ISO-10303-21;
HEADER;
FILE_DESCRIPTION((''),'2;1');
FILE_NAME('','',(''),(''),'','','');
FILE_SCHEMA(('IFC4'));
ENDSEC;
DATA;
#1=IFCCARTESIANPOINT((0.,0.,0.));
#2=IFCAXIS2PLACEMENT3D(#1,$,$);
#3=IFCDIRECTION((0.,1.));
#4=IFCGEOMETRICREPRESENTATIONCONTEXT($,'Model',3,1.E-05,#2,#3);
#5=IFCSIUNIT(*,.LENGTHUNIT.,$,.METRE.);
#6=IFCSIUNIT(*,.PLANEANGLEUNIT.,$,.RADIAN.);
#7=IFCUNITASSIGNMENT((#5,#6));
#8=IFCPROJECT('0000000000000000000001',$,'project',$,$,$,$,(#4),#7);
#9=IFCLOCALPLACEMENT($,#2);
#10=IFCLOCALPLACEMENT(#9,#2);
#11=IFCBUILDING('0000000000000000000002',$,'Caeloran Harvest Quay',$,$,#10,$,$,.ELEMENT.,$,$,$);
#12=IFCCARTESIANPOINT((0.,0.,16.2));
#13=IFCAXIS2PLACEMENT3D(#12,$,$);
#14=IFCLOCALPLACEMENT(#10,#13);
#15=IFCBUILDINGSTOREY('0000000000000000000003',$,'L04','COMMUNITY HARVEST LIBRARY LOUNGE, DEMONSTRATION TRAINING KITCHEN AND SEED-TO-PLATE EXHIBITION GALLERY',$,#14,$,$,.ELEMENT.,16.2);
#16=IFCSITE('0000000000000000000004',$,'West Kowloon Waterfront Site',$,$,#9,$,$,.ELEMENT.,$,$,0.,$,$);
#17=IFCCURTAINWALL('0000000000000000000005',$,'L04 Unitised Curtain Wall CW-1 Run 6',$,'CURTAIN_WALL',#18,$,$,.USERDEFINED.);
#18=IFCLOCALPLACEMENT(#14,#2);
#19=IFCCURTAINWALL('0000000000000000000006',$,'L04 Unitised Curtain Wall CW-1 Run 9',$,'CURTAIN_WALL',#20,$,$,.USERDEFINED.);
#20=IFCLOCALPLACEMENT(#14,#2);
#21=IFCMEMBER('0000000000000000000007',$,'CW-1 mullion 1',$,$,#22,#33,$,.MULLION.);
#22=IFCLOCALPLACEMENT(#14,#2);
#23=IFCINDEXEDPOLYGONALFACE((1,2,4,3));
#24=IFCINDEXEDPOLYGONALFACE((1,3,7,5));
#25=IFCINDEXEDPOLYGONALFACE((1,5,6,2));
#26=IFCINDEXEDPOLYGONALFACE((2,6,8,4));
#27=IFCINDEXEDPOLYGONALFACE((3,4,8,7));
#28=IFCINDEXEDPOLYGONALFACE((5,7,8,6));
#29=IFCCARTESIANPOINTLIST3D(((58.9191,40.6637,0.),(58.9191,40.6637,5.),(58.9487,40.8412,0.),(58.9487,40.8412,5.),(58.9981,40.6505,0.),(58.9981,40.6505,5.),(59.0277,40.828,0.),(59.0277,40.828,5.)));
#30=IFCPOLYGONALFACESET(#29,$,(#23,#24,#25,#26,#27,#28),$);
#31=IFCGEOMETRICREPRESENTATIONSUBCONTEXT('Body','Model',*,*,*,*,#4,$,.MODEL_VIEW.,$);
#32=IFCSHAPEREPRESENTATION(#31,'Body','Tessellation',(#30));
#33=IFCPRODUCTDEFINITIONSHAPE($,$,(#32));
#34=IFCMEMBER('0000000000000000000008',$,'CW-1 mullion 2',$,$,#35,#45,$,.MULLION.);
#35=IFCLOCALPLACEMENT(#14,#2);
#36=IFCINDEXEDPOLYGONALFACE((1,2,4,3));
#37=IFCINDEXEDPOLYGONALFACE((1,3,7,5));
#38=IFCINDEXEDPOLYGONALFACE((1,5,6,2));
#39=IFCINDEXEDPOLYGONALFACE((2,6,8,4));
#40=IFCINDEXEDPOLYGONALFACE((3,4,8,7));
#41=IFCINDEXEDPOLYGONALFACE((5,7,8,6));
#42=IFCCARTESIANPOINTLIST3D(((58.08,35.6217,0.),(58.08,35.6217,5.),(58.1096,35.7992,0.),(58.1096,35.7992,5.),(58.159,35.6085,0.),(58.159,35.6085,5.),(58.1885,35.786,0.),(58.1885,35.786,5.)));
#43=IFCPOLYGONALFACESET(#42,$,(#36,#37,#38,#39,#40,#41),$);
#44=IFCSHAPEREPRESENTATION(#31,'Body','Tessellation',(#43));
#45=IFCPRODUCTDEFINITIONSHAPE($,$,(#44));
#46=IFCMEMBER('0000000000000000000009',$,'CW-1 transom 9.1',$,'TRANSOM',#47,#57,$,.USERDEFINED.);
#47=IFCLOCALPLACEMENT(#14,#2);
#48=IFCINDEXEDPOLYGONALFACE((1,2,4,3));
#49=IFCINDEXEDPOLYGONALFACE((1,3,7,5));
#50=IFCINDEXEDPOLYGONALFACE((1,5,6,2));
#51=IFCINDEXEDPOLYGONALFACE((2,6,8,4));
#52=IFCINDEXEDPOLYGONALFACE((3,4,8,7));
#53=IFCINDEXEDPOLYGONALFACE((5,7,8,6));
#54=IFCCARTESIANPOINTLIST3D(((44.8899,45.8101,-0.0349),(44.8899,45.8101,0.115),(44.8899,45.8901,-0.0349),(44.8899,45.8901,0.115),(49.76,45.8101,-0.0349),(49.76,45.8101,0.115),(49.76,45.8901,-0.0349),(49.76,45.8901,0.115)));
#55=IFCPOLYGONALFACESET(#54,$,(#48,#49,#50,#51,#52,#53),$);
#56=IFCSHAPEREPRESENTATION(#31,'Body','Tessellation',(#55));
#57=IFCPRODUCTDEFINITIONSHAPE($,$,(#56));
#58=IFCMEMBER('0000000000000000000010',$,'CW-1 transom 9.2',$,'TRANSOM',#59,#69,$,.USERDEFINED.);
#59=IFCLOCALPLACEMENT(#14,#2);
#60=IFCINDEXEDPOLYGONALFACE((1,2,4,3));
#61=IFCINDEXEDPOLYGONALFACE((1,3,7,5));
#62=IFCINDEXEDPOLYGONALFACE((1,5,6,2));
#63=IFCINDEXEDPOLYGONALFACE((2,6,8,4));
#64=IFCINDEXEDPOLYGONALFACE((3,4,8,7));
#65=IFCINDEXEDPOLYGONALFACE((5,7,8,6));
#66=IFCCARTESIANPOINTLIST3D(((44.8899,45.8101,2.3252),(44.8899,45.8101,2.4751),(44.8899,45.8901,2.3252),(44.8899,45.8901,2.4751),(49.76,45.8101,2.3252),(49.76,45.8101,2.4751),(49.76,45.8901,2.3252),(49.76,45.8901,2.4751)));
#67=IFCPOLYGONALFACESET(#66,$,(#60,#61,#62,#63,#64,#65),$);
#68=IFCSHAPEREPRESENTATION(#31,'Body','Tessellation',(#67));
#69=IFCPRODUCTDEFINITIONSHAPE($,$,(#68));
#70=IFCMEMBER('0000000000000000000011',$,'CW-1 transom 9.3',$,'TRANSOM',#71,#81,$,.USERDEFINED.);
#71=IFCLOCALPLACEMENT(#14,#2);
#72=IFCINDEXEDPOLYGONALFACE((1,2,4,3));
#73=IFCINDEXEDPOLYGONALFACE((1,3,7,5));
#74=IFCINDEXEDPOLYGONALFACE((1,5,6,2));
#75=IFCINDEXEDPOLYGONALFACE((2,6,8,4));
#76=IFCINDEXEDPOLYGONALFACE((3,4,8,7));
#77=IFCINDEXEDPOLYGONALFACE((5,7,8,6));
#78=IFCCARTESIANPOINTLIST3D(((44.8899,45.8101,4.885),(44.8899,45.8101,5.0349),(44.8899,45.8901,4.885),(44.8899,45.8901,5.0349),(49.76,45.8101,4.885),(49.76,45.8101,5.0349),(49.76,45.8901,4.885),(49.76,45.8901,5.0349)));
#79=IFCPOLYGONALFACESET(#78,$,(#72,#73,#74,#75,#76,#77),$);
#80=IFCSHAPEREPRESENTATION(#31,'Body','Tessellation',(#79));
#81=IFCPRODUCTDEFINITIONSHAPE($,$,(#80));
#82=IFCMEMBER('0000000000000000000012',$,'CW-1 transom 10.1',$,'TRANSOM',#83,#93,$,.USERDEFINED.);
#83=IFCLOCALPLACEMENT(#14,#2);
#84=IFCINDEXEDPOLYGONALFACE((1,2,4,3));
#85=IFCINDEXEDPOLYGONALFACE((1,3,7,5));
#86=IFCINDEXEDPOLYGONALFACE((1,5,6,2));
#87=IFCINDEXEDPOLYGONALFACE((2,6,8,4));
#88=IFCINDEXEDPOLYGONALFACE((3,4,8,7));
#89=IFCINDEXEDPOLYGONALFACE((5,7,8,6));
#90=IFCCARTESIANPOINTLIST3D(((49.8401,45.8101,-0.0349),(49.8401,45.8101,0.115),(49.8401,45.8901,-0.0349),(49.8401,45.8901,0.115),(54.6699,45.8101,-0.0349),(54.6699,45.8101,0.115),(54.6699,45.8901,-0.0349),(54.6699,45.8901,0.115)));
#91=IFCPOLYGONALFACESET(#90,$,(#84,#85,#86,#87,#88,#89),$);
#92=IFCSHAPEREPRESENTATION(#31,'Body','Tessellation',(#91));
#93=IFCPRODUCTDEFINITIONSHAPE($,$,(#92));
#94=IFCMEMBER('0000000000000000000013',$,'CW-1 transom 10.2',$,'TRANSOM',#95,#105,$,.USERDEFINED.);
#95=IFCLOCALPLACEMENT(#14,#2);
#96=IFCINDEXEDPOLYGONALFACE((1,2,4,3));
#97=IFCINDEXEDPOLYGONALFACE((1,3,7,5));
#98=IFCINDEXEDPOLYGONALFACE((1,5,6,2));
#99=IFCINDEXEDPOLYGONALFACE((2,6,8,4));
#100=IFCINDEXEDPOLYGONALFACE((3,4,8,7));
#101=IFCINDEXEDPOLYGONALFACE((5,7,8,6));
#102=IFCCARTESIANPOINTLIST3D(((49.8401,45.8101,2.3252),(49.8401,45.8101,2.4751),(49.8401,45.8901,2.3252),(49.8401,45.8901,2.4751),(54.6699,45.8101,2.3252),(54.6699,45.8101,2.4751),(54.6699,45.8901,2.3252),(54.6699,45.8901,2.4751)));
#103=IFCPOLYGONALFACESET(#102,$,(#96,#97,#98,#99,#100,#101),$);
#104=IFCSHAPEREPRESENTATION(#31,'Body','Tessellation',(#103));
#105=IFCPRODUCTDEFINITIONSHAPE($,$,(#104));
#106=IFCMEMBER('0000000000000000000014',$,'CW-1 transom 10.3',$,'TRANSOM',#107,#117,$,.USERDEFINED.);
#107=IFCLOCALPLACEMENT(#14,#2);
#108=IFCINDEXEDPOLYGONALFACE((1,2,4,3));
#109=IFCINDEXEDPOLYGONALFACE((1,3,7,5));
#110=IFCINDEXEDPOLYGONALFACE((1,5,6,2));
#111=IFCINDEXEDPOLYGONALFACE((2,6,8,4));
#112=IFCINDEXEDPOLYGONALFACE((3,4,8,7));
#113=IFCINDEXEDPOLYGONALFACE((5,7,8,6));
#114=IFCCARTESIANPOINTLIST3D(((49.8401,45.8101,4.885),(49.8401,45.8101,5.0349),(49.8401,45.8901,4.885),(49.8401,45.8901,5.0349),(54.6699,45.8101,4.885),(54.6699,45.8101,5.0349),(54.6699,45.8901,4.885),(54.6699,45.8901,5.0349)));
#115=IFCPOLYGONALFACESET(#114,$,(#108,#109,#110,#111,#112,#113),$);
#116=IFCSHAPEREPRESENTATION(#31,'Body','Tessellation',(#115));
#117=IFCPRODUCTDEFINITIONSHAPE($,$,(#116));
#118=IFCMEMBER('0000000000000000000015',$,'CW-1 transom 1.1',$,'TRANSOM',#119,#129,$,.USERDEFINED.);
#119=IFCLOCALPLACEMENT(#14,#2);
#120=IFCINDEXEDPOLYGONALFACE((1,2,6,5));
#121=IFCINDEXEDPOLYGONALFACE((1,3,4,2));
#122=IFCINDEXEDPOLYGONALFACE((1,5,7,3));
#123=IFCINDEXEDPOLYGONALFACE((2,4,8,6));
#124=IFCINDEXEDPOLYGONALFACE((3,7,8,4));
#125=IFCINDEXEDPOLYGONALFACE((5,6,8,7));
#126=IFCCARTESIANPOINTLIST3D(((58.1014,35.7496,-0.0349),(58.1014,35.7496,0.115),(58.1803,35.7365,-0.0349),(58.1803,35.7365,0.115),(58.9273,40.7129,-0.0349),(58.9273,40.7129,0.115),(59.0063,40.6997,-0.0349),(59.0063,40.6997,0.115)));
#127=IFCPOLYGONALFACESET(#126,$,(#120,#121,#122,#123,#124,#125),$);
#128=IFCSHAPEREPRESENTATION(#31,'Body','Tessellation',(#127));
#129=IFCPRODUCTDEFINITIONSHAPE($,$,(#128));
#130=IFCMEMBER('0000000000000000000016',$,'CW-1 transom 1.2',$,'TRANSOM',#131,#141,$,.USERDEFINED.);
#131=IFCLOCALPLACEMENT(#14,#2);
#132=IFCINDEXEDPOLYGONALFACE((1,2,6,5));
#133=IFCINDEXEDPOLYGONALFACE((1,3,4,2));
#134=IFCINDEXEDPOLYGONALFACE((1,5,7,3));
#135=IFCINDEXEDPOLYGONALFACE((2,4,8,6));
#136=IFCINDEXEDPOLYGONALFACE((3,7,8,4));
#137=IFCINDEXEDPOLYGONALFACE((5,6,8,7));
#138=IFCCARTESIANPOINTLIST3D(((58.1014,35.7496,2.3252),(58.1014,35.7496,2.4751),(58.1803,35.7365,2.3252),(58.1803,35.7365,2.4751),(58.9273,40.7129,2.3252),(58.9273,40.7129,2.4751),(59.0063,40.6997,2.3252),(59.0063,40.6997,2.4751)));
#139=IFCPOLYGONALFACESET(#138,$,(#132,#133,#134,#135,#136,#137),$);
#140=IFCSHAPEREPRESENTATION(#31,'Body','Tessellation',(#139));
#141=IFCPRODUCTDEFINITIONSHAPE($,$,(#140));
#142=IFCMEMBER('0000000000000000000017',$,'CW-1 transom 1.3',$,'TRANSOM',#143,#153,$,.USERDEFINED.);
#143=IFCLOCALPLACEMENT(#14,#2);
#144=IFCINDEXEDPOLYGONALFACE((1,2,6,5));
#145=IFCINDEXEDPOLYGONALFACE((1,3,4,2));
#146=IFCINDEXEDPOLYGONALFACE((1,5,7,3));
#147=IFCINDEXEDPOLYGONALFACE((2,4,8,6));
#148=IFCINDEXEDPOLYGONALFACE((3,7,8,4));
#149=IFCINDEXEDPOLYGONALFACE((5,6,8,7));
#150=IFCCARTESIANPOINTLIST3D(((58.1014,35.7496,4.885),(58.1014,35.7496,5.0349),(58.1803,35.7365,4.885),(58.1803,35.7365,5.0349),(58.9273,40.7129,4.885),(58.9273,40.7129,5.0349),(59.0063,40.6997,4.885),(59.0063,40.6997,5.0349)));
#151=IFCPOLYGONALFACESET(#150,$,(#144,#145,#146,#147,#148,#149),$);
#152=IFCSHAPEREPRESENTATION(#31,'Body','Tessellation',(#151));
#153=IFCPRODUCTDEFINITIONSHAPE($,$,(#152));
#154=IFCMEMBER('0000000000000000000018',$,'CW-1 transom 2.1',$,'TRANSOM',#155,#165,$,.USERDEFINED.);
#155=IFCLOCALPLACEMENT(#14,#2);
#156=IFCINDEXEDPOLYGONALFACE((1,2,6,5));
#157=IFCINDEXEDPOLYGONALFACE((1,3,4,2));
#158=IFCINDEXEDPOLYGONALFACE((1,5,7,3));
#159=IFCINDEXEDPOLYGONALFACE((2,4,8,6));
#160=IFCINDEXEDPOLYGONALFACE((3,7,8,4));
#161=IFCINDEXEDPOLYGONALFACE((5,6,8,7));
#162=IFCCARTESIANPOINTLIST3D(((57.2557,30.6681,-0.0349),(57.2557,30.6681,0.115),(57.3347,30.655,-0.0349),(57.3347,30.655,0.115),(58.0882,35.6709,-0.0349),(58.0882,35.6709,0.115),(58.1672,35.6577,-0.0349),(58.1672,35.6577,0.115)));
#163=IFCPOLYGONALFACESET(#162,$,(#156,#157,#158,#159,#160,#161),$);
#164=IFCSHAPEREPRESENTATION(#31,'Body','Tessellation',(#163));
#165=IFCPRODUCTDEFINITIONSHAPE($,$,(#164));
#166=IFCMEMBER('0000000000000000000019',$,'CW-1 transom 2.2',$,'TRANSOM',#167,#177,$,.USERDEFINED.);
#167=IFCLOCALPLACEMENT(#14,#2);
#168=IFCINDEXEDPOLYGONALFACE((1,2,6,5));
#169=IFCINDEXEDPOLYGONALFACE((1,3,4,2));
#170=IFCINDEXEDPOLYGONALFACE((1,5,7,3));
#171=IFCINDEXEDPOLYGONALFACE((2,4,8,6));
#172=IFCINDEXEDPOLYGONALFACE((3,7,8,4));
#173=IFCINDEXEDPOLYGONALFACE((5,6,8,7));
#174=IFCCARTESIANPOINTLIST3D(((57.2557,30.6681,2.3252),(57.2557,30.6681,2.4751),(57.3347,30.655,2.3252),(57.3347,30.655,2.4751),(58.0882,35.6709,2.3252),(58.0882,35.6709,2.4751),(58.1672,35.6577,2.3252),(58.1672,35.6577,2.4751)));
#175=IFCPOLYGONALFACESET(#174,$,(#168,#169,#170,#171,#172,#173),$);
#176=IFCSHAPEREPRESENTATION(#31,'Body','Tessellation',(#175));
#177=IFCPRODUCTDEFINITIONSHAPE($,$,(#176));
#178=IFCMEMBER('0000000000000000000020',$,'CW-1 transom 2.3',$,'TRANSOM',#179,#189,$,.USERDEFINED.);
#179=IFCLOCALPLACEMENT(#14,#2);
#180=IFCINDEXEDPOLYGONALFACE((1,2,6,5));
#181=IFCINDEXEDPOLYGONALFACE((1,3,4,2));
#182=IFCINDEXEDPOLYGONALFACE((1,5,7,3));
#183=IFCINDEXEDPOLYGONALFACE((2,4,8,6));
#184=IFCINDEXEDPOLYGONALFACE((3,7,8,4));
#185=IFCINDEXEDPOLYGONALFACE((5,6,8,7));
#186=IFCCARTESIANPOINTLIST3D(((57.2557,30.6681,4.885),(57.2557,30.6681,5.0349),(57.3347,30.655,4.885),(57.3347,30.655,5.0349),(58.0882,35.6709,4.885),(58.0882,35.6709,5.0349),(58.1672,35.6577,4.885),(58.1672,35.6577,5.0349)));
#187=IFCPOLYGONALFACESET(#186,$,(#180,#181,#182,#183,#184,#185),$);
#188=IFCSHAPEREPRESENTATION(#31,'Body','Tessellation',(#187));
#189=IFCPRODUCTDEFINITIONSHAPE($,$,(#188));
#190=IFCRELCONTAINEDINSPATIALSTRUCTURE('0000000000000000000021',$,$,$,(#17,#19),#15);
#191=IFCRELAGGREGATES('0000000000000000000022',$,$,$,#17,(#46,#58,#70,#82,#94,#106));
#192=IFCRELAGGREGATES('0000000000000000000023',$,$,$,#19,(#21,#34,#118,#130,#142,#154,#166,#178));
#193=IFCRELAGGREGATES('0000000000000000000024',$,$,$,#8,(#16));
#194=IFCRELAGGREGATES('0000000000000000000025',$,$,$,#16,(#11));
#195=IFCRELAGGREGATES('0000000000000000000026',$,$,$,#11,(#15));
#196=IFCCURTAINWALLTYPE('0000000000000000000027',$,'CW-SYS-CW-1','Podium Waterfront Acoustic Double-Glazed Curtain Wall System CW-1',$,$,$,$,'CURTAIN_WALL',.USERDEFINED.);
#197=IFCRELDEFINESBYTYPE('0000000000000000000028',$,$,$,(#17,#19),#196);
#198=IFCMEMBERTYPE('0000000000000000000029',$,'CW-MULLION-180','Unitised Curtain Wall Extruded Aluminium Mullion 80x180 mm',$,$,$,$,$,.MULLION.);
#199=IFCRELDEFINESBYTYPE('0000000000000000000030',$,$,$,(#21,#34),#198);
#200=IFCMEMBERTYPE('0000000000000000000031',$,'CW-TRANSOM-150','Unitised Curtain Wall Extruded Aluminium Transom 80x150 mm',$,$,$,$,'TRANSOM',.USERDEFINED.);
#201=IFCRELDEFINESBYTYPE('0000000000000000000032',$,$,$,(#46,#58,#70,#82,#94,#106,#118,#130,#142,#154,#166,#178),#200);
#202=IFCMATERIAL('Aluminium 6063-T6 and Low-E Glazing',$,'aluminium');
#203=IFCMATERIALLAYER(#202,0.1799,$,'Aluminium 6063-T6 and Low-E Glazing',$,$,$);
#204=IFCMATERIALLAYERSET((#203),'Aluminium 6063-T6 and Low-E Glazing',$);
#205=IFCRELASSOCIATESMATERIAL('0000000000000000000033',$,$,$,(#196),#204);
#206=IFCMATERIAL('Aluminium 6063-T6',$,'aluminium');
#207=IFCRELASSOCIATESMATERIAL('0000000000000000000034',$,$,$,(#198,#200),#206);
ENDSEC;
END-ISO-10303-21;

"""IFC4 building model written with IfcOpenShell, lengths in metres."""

from ifc_helpers import new_model, si_unit, direction, frame, origin, origin_2d, place, context, subcontext, project, spatial, rectangle, extrude, material, layer, layer_set, material_profile, profile_set, type_object, element, aggregate, save


model = new_model("IFC4")

# Units and contexts
model_context = context("Model", 3, precision=1e-05, world=origin(), true_north=direction((0.0, 1.0)))
body_context = subcontext(model_context, "Body", "Model", "MODEL_VIEW")
ifc_project = project(units=[si_unit("LENGTHUNIT", "METRE"), si_unit("PLANEANGLEUNIT", "RADIAN")], contexts=[model_context])

# Site, building, storey
site_placement = place(None, origin())
site = spatial("IfcSite", under=ifc_project, at=site_placement, Name="West Kowloon Waterfront Site", CompositionType="ELEMENT", RefElevation=0.0)
building_placement = place(site_placement, origin())
building = spatial("IfcBuilding", under=site, at=building_placement, Name="Caeloran Harvest Quay", CompositionType="ELEMENT")
storey_placement = place(building_placement, frame((0.0, 0.0, 16.2)))
storey = spatial("IfcBuildingStorey", under=building, at=storey_placement, Name="L04", Description="COMMUNITY HARVEST LIBRARY LOUNGE, DEMONSTRATION TRAINING KITCHEN AND SEED-TO-PLATE EXHIBITION GALLERY", CompositionType="ELEMENT", Elevation=16.2)

# Curtain walls, members
ifc_material_1 = material(Name="Aluminium 6063-T6 and Low-E Glazing", Category="aluminium")
ifc_layer_1 = layer(ifc_material_1, 0.1799, Name="Aluminium 6063-T6 and Low-E Glazing")
ifc_layer_set_1 = layer_set([ifc_layer_1], Name="Aluminium 6063-T6 and Low-E Glazing")
curtain_wall_type = type_object("IfcCurtainWallType", Name="CW-SYS-CW-1", Description="Podium Waterfront Acoustic Double-Glazed Curtain Wall System CW-1", ElementType="CURTAIN_WALL", PredefinedType="USERDEFINED", material=ifc_layer_set_1)
curtain_wall_1_placement = place(storey_placement, origin())
curtain_wall_1 = element("IfcCurtainWall", 1, at=curtain_wall_1_placement, inside=storey, type_object=curtain_wall_type, Name="L04 Unitised Curtain Wall CW-1 Run 6", ObjectType="CURTAIN_WALL", PredefinedType="USERDEFINED")
ifc_material_2 = material(Name="Aluminium 6063-T6", Category="aluminium")
ifc_material_profile_1 = material_profile(ifc_material_2, rectangle(XDim=0.0801, YDim=0.1799, at=origin_2d()), Name="CW-MULLION-180")
ifc_profile_set_1 = profile_set([ifc_material_profile_1], Name="Aluminium 6063-T6")
member_type_1 = type_object("IfcMemberType", Name="CW-MULLION-180", Description="Unitised Curtain Wall Extruded Aluminium Mullion 80x180 mm", PredefinedType="MULLION", material=ifc_profile_set_1)
curtain_wall_2_placement = place(storey_placement, origin())
curtain_wall_2 = element("IfcCurtainWall", 2, at=curtain_wall_2_placement, inside=storey, type_object=curtain_wall_type, Name="L04 Unitised Curtain Wall CW-1 Run 9", ObjectType="CURTAIN_WALL", PredefinedType="USERDEFINED")
member_1_placement = place(storey_placement, frame((58.9734, 40.7458, 0.0), z_axis=(0.0, 0.0, 1.0), x_axis=(0.986431, -0.164174, 0.0)))
member_1 = element("IfcMember", 3, at=member_1_placement, type_object=member_type_1, Name="CW-1 mullion 1", PredefinedType="MULLION", context=body_context, shape_type="SweptSolid", body=[
    extrude(rectangle(XDim=0.0801, YDim=0.1799, at=origin_2d()), origin(), (0.0, 0.0, 1.0), 5.0),
])
member_2_placement = place(storey_placement, frame((58.1343, 35.7039, 0.0), z_axis=(0.0, 0.0, 1.0), x_axis=(0.986431, -0.164174, 0.0)))
member_2 = element("IfcMember", 4, at=member_2_placement, type_object=member_type_1, Name="CW-1 mullion 2", PredefinedType="MULLION", context=body_context, shape_type="SweptSolid", body=[
    extrude(rectangle(XDim=0.0801, YDim=0.1799, at=origin_2d()), origin(), (0.0, 0.0, 1.0), 5.0),
])

# Members
ifc_material_profile_2 = material_profile(ifc_material_2, rectangle(XDim=0.0801, YDim=0.1499, at=origin_2d()), Name="CW-TRANSOM-150")
ifc_profile_set_2 = profile_set([ifc_material_profile_2], Name="Aluminium 6063-T6")
member_type_2 = type_object("IfcMemberType", Name="CW-TRANSOM-150", Description="Unitised Curtain Wall Extruded Aluminium Transom 80x150 mm", ElementType="TRANSOM", PredefinedType="USERDEFINED", material=ifc_profile_set_2)
member_3_placement = place(storey_placement, frame((44.8899, 45.8501, 0.04), z_axis=(1.0, 0.0, 0.0), x_axis=(0.0, 1.0, 0.0)))
member_3 = element("IfcMember", 5, at=member_3_placement, type_object=member_type_2, Name="CW-1 transom 9.1", ObjectType="TRANSOM", PredefinedType="USERDEFINED", context=body_context, shape_type="SweptSolid", body=[
    extrude(rectangle(XDim=0.0801, YDim=0.1499, at=origin_2d()), origin(), (0.0, 0.0, 1.0), 4.8701),
])
member_4_placement = place(storey_placement, frame((44.8899, 45.8501, 2.4001), z_axis=(1.0, 0.0, 0.0), x_axis=(0.0, 1.0, 0.0)))
member_4 = element("IfcMember", 6, at=member_4_placement, type_object=member_type_2, Name="CW-1 transom 9.2", ObjectType="TRANSOM", PredefinedType="USERDEFINED", context=body_context, shape_type="SweptSolid", body=[
    extrude(rectangle(XDim=0.0801, YDim=0.1499, at=origin_2d()), origin(), (0.0, 0.0, 1.0), 4.8701),
])
member_5_placement = place(storey_placement, frame((44.8899, 45.8501, 4.96), z_axis=(1.0, 0.0, 0.0), x_axis=(0.0, 1.0, 0.0)))
member_5 = element("IfcMember", 7, at=member_5_placement, type_object=member_type_2, Name="CW-1 transom 9.3", ObjectType="TRANSOM", PredefinedType="USERDEFINED", context=body_context, shape_type="SweptSolid", body=[
    extrude(rectangle(XDim=0.0801, YDim=0.1499, at=origin_2d()), origin(), (0.0, 0.0, 1.0), 4.8701),
])
member_6_placement = place(storey_placement, frame((49.8401, 45.8501, 0.04), z_axis=(1.0, 0.0, 0.0), x_axis=(0.0, 1.0, 0.0)))
member_6 = element("IfcMember", 8, at=member_6_placement, type_object=member_type_2, Name="CW-1 transom 10.1", ObjectType="TRANSOM", PredefinedType="USERDEFINED", context=body_context, shape_type="SweptSolid", body=[
    extrude(rectangle(XDim=0.0801, YDim=0.1499, at=origin_2d()), origin(), (0.0, 0.0, 1.0), 4.8298),
])
member_7_placement = place(storey_placement, frame((49.8401, 45.8501, 2.4001), z_axis=(1.0, 0.0, 0.0), x_axis=(0.0, 1.0, 0.0)))
member_7 = element("IfcMember", 9, at=member_7_placement, type_object=member_type_2, Name="CW-1 transom 10.2", ObjectType="TRANSOM", PredefinedType="USERDEFINED", context=body_context, shape_type="SweptSolid", body=[
    extrude(rectangle(XDim=0.0801, YDim=0.1499, at=origin_2d()), origin(), (0.0, 0.0, 1.0), 4.8298),
])
member_8_placement = place(storey_placement, frame((49.8401, 45.8501, 4.96), z_axis=(1.0, 0.0, 0.0), x_axis=(0.0, 1.0, 0.0)))
member_8 = element("IfcMember", 10, at=member_8_placement, type_object=member_type_2, Name="CW-1 transom 10.3", ObjectType="TRANSOM", PredefinedType="USERDEFINED", context=body_context, shape_type="SweptSolid", body=[
    extrude(rectangle(XDim=0.0801, YDim=0.1499, at=origin_2d()), origin(), (0.0, 0.0, 1.0), 4.8298),
])
member_9_placement = place(storey_placement, frame((58.9668, 40.7063, 0.04), z_axis=(-0.164155, -0.986435, 0.0), x_axis=(0.986435, -0.164155, 0.0)))
member_9 = element("IfcMember", 11, at=member_9_placement, type_object=member_type_2, Name="CW-1 transom 1.1", ObjectType="TRANSOM", PredefinedType="USERDEFINED", context=body_context, shape_type="SweptSolid", body=[
    extrude(rectangle(XDim=0.0801, YDim=0.1499, at=origin_2d()), origin(), (0.0, 0.0, 1.0), 5.0315),
])
member_10_placement = place(storey_placement, frame((58.9668, 40.7063, 2.4001), z_axis=(-0.164155, -0.986435, 0.0), x_axis=(0.986435, -0.164155, 0.0)))
member_10 = element("IfcMember", 12, at=member_10_placement, type_object=member_type_2, Name="CW-1 transom 1.2", ObjectType="TRANSOM", PredefinedType="USERDEFINED", context=body_context, shape_type="SweptSolid", body=[
    extrude(rectangle(XDim=0.0801, YDim=0.1499, at=origin_2d()), origin(), (0.0, 0.0, 1.0), 5.0315),
])
member_11_placement = place(storey_placement, frame((58.9668, 40.7063, 4.96), z_axis=(-0.164155, -0.986435, 0.0), x_axis=(0.986435, -0.164155, 0.0)))
member_11 = element("IfcMember", 13, at=member_11_placement, type_object=member_type_2, Name="CW-1 transom 1.3", ObjectType="TRANSOM", PredefinedType="USERDEFINED", context=body_context, shape_type="SweptSolid", body=[
    extrude(rectangle(XDim=0.0801, YDim=0.1499, at=origin_2d()), origin(), (0.0, 0.0, 1.0), 5.0315),
])
member_12_placement = place(storey_placement, frame((58.1277, 35.6643, 0.04), z_axis=(-0.164157, -0.986434, 0.0), x_axis=(0.986434, -0.164157, 0.0)))
member_12 = element("IfcMember", 14, at=member_12_placement, type_object=member_type_2, Name="CW-1 transom 2.1", ObjectType="TRANSOM", PredefinedType="USERDEFINED", context=body_context, shape_type="SweptSolid", body=[
    extrude(rectangle(XDim=0.0801, YDim=0.1499, at=origin_2d()), origin(), (0.0, 0.0, 1.0), 5.0715),
])
member_13_placement = place(storey_placement, frame((58.1277, 35.6643, 2.4001), z_axis=(-0.164157, -0.986434, 0.0), x_axis=(0.986434, -0.164157, 0.0)))
member_13 = element("IfcMember", 15, at=member_13_placement, type_object=member_type_2, Name="CW-1 transom 2.2", ObjectType="TRANSOM", PredefinedType="USERDEFINED", context=body_context, shape_type="SweptSolid", body=[
    extrude(rectangle(XDim=0.0801, YDim=0.1499, at=origin_2d()), origin(), (0.0, 0.0, 1.0), 5.0715),
])
member_14_placement = place(storey_placement, frame((58.1277, 35.6643, 4.96), z_axis=(-0.164157, -0.986434, 0.0), x_axis=(0.986434, -0.164157, 0.0)))
member_14 = element("IfcMember", 16, at=member_14_placement, type_object=member_type_2, Name="CW-1 transom 2.3", ObjectType="TRANSOM", PredefinedType="USERDEFINED", context=body_context, shape_type="SweptSolid", body=[
    extrude(rectangle(XDim=0.0801, YDim=0.1499, at=origin_2d()), origin(), (0.0, 0.0, 1.0), 5.0715),
])

aggregate(curtain_wall_1, [member_3, member_4, member_5, member_6, member_7, member_8])
aggregate(curtain_wall_2, [member_1, member_2, member_9, member_10, member_11, member_12, member_13, member_14])

save(model, "model.ifc")
